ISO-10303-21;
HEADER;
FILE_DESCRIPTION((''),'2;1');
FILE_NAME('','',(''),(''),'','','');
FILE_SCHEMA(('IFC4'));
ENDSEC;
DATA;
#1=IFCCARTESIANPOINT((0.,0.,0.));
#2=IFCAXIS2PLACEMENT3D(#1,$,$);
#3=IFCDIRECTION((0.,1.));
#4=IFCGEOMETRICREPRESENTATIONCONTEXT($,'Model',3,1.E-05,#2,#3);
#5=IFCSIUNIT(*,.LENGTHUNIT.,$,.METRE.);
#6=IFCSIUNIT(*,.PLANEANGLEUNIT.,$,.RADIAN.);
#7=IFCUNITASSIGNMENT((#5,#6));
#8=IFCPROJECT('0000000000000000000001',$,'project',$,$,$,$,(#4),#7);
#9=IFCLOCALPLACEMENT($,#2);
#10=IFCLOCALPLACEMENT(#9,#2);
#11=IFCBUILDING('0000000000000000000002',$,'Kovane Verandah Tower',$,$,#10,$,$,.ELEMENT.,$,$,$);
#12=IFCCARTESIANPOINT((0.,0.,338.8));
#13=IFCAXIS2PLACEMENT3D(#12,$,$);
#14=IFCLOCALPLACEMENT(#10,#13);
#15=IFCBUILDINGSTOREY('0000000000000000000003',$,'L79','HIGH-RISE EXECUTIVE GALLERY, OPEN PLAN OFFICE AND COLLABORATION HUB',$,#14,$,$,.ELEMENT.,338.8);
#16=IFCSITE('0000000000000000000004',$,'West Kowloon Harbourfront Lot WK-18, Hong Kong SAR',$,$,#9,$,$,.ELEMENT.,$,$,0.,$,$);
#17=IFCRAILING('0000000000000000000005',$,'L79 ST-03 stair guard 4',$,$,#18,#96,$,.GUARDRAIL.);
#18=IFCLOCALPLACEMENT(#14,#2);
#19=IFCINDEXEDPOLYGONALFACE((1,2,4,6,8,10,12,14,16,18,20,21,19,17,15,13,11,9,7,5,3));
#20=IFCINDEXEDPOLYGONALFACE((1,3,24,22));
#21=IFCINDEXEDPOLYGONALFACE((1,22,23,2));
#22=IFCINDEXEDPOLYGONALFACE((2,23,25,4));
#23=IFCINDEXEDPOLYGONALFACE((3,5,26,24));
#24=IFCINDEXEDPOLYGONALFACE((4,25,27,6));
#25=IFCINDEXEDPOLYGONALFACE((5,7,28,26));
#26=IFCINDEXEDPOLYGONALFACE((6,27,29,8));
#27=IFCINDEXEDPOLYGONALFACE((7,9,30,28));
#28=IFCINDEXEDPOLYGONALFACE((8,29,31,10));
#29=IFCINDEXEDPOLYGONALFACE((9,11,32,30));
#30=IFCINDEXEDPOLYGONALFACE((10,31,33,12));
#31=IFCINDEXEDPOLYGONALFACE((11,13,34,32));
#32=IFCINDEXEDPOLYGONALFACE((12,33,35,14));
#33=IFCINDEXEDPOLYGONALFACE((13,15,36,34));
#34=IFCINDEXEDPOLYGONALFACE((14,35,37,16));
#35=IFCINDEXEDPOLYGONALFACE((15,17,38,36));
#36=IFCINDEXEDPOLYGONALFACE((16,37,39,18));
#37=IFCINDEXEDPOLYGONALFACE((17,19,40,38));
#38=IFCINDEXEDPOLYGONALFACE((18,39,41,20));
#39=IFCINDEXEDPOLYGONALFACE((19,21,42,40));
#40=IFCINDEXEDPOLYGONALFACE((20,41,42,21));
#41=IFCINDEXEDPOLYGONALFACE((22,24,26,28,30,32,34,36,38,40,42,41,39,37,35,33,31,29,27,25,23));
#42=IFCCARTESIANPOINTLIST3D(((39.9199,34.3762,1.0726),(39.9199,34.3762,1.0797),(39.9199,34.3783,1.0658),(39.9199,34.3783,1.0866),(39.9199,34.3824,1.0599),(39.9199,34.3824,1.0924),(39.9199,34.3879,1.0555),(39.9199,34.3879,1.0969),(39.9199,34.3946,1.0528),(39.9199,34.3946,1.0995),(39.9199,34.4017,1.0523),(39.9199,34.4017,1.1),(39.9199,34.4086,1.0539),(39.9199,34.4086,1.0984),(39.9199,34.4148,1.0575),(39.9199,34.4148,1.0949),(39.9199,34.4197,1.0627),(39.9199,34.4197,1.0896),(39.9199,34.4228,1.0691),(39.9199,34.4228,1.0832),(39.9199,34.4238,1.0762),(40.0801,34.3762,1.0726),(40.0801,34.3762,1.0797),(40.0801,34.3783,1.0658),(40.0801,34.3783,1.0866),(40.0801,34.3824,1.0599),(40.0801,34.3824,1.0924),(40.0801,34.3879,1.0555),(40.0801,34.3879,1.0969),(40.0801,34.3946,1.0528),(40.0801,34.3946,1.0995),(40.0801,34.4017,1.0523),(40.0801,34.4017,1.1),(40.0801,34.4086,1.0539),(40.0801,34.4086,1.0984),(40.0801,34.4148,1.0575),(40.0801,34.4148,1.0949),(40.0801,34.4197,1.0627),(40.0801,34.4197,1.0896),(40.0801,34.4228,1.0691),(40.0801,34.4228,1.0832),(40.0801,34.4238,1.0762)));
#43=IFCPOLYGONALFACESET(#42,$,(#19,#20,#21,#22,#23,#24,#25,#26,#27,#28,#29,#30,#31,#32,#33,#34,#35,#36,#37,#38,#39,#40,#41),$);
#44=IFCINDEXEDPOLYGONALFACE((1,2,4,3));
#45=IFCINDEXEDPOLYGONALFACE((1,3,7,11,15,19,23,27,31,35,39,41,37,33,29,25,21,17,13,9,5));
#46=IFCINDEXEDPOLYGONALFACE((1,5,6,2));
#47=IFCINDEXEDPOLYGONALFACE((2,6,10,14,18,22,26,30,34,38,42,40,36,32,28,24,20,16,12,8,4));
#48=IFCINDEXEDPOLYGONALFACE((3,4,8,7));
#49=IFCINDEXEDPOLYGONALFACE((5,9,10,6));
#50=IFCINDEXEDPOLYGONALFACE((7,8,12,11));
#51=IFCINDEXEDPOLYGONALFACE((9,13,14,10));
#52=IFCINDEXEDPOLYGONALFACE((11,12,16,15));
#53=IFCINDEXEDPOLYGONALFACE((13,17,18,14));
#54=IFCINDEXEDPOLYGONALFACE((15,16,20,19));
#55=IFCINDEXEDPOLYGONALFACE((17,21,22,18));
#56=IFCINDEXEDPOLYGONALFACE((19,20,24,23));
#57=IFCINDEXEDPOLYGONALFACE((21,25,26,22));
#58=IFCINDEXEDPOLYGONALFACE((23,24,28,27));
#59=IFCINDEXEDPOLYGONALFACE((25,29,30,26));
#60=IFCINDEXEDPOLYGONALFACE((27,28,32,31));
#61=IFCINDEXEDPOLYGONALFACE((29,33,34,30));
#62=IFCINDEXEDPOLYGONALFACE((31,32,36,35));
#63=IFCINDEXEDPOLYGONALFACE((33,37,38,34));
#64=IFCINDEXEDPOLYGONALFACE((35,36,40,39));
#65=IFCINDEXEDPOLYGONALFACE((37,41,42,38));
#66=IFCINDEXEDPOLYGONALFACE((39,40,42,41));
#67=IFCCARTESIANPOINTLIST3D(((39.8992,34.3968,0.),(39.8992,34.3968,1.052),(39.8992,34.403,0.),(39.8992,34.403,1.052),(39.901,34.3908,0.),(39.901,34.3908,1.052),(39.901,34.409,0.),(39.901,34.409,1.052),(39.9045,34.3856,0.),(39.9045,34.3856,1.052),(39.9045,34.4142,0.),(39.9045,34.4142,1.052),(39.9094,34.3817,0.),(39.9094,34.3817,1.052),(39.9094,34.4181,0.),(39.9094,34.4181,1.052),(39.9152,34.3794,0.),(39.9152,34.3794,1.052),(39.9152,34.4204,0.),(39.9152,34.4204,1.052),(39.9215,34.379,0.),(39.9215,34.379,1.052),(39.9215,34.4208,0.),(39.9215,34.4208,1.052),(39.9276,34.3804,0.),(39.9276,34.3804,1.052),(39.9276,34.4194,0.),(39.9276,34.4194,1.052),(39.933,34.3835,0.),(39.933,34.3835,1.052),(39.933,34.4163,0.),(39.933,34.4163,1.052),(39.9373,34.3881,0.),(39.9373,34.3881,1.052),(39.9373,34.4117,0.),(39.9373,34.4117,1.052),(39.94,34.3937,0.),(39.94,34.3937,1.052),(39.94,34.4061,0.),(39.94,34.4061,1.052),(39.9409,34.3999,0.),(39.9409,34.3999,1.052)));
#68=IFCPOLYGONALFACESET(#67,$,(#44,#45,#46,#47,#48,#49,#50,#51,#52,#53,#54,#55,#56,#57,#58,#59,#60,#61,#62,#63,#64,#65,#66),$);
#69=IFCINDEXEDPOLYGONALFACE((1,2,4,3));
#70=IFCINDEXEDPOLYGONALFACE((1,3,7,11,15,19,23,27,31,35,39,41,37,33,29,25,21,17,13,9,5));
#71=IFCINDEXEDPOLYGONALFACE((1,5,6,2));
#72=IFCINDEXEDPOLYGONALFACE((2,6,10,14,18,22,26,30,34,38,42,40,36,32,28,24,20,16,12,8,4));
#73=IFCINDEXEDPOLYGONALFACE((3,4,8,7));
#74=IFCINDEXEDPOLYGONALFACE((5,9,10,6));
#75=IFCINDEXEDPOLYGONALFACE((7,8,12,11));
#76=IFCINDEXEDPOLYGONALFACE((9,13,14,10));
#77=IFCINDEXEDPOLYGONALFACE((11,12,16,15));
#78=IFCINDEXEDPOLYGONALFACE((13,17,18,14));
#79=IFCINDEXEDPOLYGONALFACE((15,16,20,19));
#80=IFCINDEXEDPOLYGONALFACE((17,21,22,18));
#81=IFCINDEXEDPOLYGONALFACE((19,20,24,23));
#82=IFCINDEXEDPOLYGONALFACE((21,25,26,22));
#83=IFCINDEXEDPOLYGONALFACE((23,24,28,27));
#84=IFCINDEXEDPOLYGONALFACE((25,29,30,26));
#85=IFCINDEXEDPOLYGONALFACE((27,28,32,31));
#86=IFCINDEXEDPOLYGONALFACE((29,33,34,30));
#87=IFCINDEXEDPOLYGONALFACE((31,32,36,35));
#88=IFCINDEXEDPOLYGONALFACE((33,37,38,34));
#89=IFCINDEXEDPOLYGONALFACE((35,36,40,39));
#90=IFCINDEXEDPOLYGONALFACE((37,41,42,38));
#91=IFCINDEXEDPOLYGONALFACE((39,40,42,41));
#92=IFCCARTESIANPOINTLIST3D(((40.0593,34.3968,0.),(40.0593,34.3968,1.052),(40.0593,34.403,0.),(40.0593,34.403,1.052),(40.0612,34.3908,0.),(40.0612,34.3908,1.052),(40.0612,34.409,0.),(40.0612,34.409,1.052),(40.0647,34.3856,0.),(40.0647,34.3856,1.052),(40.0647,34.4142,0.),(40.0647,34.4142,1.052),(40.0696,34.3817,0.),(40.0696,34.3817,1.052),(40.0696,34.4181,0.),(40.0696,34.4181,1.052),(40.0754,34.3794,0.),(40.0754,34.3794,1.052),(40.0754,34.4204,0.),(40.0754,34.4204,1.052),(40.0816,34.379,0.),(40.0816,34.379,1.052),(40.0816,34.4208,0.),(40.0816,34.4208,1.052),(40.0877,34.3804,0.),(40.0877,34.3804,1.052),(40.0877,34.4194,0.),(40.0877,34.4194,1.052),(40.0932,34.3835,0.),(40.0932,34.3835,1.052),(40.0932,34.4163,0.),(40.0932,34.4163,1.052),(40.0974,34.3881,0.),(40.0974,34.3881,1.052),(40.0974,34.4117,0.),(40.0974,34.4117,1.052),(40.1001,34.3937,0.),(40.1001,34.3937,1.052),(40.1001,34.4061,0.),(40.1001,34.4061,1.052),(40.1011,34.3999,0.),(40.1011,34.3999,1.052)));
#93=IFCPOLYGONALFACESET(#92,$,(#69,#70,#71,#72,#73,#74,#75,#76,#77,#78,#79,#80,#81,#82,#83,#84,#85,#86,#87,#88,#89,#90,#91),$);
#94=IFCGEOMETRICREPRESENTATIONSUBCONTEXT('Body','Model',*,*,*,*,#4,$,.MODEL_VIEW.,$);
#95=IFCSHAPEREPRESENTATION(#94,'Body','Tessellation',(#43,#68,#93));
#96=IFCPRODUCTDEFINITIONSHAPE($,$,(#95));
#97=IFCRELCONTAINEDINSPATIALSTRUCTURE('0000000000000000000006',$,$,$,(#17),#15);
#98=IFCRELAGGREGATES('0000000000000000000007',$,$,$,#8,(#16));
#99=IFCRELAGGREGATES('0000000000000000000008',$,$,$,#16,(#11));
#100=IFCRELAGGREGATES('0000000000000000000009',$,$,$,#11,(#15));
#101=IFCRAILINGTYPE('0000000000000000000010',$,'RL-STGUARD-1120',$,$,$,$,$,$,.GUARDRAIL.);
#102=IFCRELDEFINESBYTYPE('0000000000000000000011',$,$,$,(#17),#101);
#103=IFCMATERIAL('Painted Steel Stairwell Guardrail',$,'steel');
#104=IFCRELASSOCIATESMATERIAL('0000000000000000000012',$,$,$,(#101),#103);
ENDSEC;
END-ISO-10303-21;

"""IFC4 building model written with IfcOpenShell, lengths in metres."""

from ifc_helpers import new_model, si_unit, direction, frame, origin, origin_2d, place, context, subcontext, project, spatial, circle, extrude, material, type_object, element, save


model = new_model("IFC4")

# Units and contexts
model_context = context("Model", 3, precision=1e-05, world=origin(), true_north=direction((0.0, 1.0)))
body_context = subcontext(model_context, "Body", "Model", "MODEL_VIEW")
ifc_project = project(units=[si_unit("LENGTHUNIT", "METRE"), si_unit("PLANEANGLEUNIT", "RADIAN")], contexts=[model_context])

# Site, building, storey
site_placement = place(None, origin())
site = spatial("IfcSite", under=ifc_project, at=site_placement, Name="West Kowloon Harbourfront Lot WK-18, Hong Kong SAR", CompositionType="ELEMENT", RefElevation=0.0)
building_placement = place(site_placement, origin())
building = spatial("IfcBuilding", under=site, at=building_placement, Name="Kovane Verandah Tower", CompositionType="ELEMENT")
storey_placement = place(building_placement, frame((0.0, 0.0, 338.8)))
storey = spatial("IfcBuildingStorey", under=building, at=storey_placement, Name="L79", Description="HIGH-RISE EXECUTIVE GALLERY, OPEN PLAN OFFICE AND COLLABORATION HUB", CompositionType="ELEMENT", Elevation=338.8)

# Railing
ifc_material_1 = material(Name="Painted Steel Stairwell Guardrail", Category="steel")
railing_type = type_object("IfcRailingType", Name="RL-STGUARD-1120", PredefinedType="GUARDRAIL", material=ifc_material_1)
railing_1_placement = place(storey_placement, frame((39.9199, 34.3999, 0.0)))
element("IfcRailing", 1, at=railing_1_placement, inside=storey, type_object=railing_type, Name="L79 ST-03 stair guard 4", PredefinedType="GUARDRAIL", context=body_context, shape_type="SweptSolid", body=[
    extrude(circle(Radius=0.0239, at=origin_2d()), frame((0.0, 0.0, 1.0762), z_axis=(1.0, 0.0, 0.0), x_axis=(0.0, 1.0, 0.0)), (0.0, 0.0, 1.0), 0.1602),
    extrude(circle(Radius=0.021, at=origin_2d()), origin(), (0.0, 0.0, 1.0), 1.052),
    extrude(circle(Radius=0.021, at=origin_2d()), frame((0.1602, 0.0, 0.0)), (0.0, 0.0, 1.0), 1.052),
])

save(model, "model.ifc")
